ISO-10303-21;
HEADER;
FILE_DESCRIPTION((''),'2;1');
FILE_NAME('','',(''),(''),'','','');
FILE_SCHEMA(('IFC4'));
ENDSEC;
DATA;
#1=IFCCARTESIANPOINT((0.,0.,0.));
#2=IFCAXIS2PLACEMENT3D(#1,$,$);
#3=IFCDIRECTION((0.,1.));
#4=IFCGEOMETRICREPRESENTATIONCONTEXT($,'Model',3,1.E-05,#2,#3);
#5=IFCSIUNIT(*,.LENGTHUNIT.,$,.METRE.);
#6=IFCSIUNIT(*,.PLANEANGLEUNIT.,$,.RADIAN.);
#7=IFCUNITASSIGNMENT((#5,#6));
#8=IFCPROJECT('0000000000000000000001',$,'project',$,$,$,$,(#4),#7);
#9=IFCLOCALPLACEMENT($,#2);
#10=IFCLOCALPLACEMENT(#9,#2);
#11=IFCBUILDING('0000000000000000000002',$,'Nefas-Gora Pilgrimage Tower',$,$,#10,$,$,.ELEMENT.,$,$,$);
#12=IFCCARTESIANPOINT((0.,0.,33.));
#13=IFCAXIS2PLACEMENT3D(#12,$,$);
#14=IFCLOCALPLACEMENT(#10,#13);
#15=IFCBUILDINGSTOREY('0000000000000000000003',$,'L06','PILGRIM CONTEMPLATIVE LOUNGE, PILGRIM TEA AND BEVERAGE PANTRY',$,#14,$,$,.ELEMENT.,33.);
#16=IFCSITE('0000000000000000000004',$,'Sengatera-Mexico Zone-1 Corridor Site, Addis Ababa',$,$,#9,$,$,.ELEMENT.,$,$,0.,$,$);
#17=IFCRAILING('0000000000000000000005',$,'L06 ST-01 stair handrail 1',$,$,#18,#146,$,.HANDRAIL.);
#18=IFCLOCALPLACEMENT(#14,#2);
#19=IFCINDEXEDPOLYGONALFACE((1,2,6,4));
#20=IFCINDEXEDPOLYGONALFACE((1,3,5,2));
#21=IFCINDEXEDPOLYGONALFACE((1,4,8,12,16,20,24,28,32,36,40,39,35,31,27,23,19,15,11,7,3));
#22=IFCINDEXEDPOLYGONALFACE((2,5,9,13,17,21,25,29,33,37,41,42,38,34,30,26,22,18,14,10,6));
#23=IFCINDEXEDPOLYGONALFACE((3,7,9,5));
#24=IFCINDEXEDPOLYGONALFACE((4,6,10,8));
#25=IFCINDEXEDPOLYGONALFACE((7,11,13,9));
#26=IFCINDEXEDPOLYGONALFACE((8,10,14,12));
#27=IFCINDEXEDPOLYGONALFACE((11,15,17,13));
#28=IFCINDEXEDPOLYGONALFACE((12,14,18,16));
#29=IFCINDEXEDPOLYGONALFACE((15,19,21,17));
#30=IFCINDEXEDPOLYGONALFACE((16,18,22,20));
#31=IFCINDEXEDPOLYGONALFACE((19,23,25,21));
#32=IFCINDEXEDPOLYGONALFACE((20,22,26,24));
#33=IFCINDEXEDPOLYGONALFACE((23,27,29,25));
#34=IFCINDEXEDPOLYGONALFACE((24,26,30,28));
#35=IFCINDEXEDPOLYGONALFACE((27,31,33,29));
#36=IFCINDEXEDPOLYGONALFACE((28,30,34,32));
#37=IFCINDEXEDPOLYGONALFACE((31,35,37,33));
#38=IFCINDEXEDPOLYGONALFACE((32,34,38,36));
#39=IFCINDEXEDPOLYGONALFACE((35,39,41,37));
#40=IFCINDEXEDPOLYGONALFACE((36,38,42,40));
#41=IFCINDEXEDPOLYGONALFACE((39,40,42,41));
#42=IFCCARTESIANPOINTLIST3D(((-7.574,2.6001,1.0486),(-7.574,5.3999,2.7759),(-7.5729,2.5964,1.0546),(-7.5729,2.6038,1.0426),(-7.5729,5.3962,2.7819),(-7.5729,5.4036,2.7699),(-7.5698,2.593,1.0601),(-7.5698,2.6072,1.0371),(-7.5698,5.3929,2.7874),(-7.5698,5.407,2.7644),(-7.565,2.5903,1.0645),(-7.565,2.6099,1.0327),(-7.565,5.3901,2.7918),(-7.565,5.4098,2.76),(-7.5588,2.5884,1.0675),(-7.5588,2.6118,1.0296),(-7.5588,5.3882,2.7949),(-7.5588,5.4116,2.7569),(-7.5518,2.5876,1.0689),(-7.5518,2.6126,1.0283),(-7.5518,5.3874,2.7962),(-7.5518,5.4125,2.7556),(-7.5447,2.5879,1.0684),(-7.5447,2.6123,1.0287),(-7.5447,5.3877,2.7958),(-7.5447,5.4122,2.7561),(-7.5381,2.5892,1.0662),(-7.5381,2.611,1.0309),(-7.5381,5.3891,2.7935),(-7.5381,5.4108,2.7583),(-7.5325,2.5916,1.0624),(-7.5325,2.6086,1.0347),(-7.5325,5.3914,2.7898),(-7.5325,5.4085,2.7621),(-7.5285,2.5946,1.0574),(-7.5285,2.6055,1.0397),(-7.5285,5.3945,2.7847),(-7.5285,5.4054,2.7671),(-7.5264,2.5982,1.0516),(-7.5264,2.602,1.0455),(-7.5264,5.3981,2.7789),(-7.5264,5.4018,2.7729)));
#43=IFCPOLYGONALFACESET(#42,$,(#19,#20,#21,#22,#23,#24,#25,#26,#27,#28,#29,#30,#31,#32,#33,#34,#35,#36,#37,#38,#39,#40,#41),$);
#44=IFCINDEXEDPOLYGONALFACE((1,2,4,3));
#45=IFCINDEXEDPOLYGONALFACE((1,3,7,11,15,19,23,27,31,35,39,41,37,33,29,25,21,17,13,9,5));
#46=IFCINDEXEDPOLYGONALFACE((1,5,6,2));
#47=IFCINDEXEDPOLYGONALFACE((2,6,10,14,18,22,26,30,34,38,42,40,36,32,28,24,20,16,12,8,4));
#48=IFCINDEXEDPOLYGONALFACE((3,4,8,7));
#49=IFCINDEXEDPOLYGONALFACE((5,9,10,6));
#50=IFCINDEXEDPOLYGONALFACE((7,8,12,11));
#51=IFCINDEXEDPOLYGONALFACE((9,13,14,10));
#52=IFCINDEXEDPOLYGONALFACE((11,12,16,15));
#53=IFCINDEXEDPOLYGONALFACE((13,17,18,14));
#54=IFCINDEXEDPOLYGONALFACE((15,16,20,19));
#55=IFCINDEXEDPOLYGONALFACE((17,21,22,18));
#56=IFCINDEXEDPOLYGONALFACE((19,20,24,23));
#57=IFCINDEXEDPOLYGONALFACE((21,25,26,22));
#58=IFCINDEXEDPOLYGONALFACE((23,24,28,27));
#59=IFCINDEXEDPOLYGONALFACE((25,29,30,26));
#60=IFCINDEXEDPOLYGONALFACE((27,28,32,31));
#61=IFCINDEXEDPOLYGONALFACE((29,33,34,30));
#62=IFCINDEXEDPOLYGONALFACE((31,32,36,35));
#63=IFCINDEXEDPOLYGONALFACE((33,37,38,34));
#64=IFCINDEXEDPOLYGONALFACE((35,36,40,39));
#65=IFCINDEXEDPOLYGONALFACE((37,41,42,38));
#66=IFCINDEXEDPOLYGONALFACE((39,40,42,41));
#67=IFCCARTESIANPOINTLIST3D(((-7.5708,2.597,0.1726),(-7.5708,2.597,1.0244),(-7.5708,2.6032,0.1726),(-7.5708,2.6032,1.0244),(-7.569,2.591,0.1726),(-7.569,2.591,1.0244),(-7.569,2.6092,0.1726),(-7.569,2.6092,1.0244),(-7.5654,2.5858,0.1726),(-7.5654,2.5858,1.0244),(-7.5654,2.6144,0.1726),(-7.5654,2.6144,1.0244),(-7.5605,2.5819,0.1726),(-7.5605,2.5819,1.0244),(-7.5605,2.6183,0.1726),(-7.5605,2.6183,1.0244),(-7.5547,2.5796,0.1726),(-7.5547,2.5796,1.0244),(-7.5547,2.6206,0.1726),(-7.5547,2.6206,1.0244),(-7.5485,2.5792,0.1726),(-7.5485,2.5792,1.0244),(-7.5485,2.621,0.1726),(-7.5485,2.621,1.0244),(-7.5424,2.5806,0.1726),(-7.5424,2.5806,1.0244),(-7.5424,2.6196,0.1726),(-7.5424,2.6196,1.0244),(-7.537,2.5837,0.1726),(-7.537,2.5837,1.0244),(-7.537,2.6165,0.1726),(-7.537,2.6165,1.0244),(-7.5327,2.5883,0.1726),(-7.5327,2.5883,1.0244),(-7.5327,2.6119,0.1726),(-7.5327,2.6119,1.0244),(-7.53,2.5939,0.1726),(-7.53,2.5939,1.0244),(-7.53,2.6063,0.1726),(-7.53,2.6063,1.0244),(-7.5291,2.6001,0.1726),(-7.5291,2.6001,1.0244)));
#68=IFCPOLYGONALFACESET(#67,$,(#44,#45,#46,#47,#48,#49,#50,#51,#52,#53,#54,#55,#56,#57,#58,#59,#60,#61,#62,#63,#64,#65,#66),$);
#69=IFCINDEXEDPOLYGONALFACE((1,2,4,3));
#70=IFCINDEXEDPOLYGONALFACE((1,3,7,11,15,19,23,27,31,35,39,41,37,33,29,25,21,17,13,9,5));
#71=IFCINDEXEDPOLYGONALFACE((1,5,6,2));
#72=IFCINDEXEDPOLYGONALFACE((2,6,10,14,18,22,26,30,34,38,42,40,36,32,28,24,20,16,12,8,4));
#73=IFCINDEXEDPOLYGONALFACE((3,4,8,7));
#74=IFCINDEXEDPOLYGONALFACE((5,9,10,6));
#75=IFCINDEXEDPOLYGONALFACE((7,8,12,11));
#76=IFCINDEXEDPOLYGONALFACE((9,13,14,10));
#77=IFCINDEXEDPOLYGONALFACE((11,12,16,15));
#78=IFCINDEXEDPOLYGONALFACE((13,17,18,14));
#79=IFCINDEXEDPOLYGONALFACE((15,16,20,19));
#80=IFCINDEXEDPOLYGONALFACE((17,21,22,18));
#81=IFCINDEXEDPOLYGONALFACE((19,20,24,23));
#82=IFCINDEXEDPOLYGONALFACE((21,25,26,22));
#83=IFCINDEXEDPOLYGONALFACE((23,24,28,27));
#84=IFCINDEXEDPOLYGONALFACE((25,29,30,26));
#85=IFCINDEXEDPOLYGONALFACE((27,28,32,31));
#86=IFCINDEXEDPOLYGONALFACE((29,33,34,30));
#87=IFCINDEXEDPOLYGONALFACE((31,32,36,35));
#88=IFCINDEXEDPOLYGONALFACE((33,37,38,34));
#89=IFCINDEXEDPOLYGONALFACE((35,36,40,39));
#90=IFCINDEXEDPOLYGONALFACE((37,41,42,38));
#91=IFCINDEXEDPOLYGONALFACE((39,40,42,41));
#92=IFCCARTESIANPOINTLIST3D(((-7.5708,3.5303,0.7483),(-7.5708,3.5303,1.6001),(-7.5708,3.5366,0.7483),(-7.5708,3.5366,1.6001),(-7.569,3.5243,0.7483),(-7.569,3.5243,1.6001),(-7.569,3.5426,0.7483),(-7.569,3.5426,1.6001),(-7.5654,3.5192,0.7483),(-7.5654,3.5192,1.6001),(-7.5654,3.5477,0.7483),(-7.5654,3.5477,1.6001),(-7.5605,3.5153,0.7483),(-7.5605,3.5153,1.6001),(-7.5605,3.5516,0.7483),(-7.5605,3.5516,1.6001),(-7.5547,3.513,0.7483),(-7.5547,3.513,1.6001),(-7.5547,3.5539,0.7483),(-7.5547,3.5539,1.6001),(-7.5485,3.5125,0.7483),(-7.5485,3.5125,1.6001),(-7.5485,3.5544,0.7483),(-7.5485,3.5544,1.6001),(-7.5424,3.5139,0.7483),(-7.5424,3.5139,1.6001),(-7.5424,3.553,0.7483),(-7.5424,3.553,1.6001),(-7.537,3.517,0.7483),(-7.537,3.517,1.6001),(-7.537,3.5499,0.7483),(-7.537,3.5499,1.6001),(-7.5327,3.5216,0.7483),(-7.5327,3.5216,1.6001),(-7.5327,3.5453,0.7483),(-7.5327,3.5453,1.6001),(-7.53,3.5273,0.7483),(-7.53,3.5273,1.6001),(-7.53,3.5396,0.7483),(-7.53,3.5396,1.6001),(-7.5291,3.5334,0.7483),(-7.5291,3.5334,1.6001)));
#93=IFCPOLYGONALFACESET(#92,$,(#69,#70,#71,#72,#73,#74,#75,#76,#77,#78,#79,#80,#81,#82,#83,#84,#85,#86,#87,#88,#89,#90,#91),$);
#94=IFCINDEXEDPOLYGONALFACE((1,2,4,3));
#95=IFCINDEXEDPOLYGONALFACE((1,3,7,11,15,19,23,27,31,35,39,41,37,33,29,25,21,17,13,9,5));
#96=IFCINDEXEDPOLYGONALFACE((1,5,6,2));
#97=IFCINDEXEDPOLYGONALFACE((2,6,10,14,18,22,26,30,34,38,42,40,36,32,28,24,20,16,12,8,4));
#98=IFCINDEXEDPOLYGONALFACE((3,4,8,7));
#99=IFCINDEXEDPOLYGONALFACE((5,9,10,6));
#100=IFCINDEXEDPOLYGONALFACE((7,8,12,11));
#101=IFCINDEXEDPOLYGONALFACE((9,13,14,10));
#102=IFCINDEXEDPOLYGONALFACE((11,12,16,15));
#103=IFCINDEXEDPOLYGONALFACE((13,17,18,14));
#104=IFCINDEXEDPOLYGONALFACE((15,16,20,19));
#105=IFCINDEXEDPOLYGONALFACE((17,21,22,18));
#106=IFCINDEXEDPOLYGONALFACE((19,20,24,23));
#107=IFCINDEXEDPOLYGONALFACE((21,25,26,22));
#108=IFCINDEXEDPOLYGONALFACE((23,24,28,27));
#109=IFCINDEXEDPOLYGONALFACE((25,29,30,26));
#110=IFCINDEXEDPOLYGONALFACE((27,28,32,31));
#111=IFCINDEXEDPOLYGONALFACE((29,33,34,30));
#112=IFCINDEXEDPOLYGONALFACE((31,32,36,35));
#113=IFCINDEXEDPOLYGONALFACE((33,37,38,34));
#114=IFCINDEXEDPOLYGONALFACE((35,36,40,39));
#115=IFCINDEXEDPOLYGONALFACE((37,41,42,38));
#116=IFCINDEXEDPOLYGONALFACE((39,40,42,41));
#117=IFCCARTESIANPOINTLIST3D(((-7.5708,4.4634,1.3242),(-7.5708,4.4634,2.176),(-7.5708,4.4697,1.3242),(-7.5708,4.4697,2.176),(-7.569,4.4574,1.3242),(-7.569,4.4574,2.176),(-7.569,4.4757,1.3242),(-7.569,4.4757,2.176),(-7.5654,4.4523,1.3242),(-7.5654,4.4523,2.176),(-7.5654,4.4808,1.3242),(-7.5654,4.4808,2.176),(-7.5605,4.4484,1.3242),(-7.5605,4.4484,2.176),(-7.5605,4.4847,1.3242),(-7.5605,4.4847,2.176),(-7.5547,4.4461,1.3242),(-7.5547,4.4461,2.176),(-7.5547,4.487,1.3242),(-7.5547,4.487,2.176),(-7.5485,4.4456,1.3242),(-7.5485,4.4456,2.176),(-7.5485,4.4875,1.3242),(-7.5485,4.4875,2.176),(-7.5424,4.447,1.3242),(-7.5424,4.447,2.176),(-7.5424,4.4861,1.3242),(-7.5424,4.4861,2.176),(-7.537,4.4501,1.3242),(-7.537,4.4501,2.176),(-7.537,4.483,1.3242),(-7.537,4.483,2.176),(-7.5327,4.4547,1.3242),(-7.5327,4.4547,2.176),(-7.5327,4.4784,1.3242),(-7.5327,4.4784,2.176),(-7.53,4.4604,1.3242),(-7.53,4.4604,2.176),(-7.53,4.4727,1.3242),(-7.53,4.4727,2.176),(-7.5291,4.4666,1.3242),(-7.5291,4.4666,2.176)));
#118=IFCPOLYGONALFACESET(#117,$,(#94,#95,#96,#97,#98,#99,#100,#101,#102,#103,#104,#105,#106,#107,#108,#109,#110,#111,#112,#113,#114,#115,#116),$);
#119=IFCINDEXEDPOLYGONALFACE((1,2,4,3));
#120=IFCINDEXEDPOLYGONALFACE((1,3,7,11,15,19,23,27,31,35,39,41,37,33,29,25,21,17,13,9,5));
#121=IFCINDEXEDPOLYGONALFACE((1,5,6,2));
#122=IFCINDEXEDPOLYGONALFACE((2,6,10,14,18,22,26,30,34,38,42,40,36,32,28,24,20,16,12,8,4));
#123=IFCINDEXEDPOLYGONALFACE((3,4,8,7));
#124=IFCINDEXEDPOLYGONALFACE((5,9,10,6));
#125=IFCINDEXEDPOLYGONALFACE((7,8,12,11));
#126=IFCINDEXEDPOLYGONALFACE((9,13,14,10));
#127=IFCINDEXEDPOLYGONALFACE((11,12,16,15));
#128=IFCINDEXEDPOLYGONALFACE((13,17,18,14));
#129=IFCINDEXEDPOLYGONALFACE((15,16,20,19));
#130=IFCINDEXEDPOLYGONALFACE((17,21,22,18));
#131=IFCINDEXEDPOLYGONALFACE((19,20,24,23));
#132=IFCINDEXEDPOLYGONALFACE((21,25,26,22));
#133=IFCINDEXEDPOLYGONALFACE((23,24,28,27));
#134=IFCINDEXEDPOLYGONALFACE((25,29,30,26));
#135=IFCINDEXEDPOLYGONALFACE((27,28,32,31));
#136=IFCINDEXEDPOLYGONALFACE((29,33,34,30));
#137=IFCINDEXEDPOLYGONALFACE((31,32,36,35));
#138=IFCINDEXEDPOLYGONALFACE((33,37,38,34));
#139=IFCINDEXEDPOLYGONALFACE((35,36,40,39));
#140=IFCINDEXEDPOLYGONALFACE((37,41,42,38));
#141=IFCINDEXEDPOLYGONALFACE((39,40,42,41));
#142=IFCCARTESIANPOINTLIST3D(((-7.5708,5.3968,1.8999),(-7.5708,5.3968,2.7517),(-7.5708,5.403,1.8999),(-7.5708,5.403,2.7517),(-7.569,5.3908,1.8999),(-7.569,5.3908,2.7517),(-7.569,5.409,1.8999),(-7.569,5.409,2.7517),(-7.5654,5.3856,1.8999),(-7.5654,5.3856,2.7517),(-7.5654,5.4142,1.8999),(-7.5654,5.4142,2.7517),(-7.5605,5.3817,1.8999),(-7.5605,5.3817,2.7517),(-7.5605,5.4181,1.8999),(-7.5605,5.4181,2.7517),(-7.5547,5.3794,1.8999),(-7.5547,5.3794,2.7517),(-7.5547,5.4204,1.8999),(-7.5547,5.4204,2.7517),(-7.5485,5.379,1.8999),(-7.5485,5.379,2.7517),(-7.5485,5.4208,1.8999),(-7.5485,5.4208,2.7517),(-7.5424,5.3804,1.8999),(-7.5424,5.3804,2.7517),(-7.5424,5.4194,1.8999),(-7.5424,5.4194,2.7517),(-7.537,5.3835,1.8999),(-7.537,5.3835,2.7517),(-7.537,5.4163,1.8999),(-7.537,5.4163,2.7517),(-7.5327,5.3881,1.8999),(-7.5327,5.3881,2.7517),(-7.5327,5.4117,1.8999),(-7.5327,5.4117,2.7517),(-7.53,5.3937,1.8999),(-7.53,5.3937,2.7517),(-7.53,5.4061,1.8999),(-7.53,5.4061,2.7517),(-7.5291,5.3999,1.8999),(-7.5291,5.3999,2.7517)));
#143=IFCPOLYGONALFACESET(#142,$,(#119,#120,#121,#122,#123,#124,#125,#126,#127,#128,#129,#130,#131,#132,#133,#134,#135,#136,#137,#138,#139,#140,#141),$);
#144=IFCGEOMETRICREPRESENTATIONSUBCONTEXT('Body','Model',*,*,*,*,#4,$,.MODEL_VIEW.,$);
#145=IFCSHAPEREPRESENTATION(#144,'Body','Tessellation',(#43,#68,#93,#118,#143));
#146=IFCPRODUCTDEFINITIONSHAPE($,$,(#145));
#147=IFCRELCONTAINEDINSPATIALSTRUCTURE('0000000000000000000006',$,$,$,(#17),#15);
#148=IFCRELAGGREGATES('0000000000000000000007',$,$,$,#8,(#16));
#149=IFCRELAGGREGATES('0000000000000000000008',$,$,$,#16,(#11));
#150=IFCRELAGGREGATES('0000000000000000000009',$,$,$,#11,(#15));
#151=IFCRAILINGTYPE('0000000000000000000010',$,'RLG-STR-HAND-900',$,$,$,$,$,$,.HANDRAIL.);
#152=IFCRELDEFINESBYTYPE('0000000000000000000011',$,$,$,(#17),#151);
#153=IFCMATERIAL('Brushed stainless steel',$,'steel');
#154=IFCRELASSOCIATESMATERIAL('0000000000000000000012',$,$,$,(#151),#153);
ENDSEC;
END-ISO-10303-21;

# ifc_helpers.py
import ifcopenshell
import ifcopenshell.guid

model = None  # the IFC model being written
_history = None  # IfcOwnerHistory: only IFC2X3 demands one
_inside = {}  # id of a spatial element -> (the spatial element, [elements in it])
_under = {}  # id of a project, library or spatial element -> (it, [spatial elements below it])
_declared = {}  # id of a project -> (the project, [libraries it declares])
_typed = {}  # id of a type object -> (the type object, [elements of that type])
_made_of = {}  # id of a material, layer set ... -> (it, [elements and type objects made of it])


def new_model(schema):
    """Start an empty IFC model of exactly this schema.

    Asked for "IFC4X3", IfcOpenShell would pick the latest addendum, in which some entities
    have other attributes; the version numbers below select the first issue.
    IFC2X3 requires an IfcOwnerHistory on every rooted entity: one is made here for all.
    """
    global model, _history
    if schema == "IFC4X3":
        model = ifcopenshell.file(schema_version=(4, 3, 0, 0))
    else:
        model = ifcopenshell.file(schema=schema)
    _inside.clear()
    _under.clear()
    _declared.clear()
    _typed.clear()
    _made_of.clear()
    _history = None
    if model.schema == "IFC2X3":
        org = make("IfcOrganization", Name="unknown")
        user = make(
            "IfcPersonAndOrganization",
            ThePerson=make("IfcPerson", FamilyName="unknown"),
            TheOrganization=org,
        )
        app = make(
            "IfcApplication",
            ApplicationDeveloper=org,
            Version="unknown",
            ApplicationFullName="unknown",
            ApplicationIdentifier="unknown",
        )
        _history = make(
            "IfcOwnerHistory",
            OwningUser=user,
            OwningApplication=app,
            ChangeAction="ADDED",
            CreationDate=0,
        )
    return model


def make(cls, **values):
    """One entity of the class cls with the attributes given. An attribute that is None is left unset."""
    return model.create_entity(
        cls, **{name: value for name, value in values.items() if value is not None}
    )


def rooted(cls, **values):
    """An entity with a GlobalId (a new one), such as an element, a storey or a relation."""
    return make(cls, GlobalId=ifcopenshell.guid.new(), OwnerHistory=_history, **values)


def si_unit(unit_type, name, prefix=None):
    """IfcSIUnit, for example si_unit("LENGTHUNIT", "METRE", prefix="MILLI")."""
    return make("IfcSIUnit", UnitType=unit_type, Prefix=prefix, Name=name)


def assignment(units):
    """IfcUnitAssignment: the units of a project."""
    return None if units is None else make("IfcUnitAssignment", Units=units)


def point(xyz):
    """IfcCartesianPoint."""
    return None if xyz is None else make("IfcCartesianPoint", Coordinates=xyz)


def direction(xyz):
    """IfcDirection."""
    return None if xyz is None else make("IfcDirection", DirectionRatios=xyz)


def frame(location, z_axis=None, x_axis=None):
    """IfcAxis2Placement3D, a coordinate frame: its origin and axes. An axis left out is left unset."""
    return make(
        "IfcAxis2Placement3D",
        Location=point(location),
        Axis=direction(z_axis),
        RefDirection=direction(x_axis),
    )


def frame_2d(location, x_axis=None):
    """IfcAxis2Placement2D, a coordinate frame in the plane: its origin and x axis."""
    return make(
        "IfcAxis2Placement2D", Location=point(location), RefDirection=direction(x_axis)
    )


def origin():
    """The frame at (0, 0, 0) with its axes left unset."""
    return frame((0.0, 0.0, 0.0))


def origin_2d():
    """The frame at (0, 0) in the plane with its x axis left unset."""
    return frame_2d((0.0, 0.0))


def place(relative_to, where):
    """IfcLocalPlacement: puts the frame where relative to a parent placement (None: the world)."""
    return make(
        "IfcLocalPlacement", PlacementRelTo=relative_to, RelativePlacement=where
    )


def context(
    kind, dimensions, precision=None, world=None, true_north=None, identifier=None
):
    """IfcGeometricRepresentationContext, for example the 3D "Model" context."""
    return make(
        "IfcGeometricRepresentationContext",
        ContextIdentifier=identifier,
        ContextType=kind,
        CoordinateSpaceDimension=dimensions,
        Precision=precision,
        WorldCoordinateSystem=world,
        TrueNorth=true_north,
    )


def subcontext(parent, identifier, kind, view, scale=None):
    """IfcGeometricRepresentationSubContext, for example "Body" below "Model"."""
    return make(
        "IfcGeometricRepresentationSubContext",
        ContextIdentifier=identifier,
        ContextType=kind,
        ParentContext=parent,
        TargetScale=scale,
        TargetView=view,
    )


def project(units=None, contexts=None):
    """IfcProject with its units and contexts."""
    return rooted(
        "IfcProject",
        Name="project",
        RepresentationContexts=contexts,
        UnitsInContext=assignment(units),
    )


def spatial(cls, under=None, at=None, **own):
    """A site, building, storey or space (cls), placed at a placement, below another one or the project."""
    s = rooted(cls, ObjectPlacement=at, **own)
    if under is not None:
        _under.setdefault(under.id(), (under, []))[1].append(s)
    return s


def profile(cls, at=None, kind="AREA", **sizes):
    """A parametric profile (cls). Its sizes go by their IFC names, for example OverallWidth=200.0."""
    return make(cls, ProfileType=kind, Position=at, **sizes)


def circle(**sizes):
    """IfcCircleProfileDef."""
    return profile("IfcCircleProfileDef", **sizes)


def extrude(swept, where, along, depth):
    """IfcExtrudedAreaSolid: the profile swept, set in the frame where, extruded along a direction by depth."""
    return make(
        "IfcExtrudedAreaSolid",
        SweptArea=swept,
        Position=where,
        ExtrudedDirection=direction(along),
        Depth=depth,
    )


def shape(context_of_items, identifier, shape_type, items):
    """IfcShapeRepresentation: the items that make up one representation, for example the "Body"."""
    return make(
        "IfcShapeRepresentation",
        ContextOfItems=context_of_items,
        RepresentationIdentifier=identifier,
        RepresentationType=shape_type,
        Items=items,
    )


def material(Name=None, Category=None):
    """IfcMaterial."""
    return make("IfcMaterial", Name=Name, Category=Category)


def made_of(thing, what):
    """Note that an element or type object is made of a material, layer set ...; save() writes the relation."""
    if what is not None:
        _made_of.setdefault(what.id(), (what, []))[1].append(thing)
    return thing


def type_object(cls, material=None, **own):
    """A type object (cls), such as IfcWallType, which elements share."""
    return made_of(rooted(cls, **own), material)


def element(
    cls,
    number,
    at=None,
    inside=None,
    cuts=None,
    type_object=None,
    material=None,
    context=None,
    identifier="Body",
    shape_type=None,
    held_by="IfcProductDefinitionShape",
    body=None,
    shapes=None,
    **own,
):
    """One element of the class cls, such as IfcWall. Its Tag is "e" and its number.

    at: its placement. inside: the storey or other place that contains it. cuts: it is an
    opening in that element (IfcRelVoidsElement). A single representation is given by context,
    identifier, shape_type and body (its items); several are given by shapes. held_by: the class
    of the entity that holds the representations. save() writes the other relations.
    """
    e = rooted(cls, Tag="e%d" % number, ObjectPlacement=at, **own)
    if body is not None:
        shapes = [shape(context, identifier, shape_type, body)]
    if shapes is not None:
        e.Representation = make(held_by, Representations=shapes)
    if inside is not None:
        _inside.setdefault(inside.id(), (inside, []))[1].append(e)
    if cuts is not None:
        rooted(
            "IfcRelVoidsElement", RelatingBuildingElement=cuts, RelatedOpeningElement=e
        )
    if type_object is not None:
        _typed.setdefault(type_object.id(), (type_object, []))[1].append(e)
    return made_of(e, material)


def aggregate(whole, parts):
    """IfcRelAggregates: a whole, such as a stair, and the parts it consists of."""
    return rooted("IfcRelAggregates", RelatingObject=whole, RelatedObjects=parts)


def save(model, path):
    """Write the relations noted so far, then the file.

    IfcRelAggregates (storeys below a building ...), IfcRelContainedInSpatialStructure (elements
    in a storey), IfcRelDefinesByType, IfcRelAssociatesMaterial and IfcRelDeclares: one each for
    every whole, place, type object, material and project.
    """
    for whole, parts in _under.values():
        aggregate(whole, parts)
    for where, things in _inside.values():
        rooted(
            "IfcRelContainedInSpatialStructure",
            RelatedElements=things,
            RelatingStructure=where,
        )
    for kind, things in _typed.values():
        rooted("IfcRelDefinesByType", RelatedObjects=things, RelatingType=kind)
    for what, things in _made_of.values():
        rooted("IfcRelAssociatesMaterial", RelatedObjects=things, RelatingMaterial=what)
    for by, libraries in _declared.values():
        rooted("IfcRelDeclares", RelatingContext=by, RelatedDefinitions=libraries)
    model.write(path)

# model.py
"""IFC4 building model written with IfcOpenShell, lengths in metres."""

from ifc_helpers import new_model, si_unit, direction, frame, origin, origin_2d, place, context, subcontext, project, spatial, circle, extrude, material, type_object, element, save


model = new_model("IFC4")

# Units and contexts
model_context = context("Model", 3, precision=1e-05, world=origin(), true_north=direction((0.0, 1.0)))
body_context = subcontext(model_context, "Body", "Model", "MODEL_VIEW")
ifc_project = project(units=[si_unit("LENGTHUNIT", "METRE"), si_unit("PLANEANGLEUNIT", "RADIAN")], contexts=[model_context])

# Site, building, storey
site_placement = place(None, origin())
site = spatial("IfcSite", under=ifc_project, at=site_placement, Name="Sengatera-Mexico Zone-1 Corridor Site, Addis Ababa", CompositionType="ELEMENT", RefElevation=0.0)
building_placement = place(site_placement, origin())
building = spatial("IfcBuilding", under=site, at=building_placement, Name="Nefas-Gora Pilgrimage Tower", CompositionType="ELEMENT")
storey_placement = place(building_placement, frame((0.0, 0.0, 33.0)))
storey = spatial("IfcBuildingStorey", under=building, at=storey_placement, Name="L06", Description="PILGRIM CONTEMPLATIVE LOUNGE, PILGRIM TEA AND BEVERAGE PANTRY", CompositionType="ELEMENT", Elevation=33.0)

# Railing
ifc_material_1 = material(Name="Brushed stainless steel", Category="steel")
railing_type_1 = type_object("IfcRailingType", Name="RLG-STR-HAND-900", PredefinedType="HANDRAIL", material=ifc_material_1)
railing_1_placement = place(storey_placement, frame((-7.55, 2.6001, 0.1726)))
element("IfcRailing", 1, at=railing_1_placement, inside=storey, type_object=railing_type_1, Name="L06 ST-01 stair handrail 1", PredefinedType="HANDRAIL", context=body_context, shape_type="SweptSolid", body=[
    extrude(circle(Radius=0.0239, at=origin_2d()), frame((0.0, 0.0, 0.876), z_axis=(0.0, 0.851069, 0.525054), x_axis=(-1.0, 0.0, 0.0)), (0.0, 0.0, 1.0), 3.2898),
    extrude(circle(Radius=0.021, at=origin_2d()), origin(), (0.0, 0.0, 1.0), 0.8518),
    extrude(circle(Radius=0.021, at=origin_2d()), frame((0.0, 0.9333, 0.5757)), (0.0, 0.0, 1.0), 0.8518),
    extrude(circle(Radius=0.021, at=origin_2d()), frame((0.0, 1.8665, 1.1516)), (0.0, 0.0, 1.0), 0.8518),
    extrude(circle(Radius=0.021, at=origin_2d()), frame((0.0, 2.7998, 1.7273)), (0.0, 0.0, 1.0), 0.8518),
])

save(model, "model.ifc")
